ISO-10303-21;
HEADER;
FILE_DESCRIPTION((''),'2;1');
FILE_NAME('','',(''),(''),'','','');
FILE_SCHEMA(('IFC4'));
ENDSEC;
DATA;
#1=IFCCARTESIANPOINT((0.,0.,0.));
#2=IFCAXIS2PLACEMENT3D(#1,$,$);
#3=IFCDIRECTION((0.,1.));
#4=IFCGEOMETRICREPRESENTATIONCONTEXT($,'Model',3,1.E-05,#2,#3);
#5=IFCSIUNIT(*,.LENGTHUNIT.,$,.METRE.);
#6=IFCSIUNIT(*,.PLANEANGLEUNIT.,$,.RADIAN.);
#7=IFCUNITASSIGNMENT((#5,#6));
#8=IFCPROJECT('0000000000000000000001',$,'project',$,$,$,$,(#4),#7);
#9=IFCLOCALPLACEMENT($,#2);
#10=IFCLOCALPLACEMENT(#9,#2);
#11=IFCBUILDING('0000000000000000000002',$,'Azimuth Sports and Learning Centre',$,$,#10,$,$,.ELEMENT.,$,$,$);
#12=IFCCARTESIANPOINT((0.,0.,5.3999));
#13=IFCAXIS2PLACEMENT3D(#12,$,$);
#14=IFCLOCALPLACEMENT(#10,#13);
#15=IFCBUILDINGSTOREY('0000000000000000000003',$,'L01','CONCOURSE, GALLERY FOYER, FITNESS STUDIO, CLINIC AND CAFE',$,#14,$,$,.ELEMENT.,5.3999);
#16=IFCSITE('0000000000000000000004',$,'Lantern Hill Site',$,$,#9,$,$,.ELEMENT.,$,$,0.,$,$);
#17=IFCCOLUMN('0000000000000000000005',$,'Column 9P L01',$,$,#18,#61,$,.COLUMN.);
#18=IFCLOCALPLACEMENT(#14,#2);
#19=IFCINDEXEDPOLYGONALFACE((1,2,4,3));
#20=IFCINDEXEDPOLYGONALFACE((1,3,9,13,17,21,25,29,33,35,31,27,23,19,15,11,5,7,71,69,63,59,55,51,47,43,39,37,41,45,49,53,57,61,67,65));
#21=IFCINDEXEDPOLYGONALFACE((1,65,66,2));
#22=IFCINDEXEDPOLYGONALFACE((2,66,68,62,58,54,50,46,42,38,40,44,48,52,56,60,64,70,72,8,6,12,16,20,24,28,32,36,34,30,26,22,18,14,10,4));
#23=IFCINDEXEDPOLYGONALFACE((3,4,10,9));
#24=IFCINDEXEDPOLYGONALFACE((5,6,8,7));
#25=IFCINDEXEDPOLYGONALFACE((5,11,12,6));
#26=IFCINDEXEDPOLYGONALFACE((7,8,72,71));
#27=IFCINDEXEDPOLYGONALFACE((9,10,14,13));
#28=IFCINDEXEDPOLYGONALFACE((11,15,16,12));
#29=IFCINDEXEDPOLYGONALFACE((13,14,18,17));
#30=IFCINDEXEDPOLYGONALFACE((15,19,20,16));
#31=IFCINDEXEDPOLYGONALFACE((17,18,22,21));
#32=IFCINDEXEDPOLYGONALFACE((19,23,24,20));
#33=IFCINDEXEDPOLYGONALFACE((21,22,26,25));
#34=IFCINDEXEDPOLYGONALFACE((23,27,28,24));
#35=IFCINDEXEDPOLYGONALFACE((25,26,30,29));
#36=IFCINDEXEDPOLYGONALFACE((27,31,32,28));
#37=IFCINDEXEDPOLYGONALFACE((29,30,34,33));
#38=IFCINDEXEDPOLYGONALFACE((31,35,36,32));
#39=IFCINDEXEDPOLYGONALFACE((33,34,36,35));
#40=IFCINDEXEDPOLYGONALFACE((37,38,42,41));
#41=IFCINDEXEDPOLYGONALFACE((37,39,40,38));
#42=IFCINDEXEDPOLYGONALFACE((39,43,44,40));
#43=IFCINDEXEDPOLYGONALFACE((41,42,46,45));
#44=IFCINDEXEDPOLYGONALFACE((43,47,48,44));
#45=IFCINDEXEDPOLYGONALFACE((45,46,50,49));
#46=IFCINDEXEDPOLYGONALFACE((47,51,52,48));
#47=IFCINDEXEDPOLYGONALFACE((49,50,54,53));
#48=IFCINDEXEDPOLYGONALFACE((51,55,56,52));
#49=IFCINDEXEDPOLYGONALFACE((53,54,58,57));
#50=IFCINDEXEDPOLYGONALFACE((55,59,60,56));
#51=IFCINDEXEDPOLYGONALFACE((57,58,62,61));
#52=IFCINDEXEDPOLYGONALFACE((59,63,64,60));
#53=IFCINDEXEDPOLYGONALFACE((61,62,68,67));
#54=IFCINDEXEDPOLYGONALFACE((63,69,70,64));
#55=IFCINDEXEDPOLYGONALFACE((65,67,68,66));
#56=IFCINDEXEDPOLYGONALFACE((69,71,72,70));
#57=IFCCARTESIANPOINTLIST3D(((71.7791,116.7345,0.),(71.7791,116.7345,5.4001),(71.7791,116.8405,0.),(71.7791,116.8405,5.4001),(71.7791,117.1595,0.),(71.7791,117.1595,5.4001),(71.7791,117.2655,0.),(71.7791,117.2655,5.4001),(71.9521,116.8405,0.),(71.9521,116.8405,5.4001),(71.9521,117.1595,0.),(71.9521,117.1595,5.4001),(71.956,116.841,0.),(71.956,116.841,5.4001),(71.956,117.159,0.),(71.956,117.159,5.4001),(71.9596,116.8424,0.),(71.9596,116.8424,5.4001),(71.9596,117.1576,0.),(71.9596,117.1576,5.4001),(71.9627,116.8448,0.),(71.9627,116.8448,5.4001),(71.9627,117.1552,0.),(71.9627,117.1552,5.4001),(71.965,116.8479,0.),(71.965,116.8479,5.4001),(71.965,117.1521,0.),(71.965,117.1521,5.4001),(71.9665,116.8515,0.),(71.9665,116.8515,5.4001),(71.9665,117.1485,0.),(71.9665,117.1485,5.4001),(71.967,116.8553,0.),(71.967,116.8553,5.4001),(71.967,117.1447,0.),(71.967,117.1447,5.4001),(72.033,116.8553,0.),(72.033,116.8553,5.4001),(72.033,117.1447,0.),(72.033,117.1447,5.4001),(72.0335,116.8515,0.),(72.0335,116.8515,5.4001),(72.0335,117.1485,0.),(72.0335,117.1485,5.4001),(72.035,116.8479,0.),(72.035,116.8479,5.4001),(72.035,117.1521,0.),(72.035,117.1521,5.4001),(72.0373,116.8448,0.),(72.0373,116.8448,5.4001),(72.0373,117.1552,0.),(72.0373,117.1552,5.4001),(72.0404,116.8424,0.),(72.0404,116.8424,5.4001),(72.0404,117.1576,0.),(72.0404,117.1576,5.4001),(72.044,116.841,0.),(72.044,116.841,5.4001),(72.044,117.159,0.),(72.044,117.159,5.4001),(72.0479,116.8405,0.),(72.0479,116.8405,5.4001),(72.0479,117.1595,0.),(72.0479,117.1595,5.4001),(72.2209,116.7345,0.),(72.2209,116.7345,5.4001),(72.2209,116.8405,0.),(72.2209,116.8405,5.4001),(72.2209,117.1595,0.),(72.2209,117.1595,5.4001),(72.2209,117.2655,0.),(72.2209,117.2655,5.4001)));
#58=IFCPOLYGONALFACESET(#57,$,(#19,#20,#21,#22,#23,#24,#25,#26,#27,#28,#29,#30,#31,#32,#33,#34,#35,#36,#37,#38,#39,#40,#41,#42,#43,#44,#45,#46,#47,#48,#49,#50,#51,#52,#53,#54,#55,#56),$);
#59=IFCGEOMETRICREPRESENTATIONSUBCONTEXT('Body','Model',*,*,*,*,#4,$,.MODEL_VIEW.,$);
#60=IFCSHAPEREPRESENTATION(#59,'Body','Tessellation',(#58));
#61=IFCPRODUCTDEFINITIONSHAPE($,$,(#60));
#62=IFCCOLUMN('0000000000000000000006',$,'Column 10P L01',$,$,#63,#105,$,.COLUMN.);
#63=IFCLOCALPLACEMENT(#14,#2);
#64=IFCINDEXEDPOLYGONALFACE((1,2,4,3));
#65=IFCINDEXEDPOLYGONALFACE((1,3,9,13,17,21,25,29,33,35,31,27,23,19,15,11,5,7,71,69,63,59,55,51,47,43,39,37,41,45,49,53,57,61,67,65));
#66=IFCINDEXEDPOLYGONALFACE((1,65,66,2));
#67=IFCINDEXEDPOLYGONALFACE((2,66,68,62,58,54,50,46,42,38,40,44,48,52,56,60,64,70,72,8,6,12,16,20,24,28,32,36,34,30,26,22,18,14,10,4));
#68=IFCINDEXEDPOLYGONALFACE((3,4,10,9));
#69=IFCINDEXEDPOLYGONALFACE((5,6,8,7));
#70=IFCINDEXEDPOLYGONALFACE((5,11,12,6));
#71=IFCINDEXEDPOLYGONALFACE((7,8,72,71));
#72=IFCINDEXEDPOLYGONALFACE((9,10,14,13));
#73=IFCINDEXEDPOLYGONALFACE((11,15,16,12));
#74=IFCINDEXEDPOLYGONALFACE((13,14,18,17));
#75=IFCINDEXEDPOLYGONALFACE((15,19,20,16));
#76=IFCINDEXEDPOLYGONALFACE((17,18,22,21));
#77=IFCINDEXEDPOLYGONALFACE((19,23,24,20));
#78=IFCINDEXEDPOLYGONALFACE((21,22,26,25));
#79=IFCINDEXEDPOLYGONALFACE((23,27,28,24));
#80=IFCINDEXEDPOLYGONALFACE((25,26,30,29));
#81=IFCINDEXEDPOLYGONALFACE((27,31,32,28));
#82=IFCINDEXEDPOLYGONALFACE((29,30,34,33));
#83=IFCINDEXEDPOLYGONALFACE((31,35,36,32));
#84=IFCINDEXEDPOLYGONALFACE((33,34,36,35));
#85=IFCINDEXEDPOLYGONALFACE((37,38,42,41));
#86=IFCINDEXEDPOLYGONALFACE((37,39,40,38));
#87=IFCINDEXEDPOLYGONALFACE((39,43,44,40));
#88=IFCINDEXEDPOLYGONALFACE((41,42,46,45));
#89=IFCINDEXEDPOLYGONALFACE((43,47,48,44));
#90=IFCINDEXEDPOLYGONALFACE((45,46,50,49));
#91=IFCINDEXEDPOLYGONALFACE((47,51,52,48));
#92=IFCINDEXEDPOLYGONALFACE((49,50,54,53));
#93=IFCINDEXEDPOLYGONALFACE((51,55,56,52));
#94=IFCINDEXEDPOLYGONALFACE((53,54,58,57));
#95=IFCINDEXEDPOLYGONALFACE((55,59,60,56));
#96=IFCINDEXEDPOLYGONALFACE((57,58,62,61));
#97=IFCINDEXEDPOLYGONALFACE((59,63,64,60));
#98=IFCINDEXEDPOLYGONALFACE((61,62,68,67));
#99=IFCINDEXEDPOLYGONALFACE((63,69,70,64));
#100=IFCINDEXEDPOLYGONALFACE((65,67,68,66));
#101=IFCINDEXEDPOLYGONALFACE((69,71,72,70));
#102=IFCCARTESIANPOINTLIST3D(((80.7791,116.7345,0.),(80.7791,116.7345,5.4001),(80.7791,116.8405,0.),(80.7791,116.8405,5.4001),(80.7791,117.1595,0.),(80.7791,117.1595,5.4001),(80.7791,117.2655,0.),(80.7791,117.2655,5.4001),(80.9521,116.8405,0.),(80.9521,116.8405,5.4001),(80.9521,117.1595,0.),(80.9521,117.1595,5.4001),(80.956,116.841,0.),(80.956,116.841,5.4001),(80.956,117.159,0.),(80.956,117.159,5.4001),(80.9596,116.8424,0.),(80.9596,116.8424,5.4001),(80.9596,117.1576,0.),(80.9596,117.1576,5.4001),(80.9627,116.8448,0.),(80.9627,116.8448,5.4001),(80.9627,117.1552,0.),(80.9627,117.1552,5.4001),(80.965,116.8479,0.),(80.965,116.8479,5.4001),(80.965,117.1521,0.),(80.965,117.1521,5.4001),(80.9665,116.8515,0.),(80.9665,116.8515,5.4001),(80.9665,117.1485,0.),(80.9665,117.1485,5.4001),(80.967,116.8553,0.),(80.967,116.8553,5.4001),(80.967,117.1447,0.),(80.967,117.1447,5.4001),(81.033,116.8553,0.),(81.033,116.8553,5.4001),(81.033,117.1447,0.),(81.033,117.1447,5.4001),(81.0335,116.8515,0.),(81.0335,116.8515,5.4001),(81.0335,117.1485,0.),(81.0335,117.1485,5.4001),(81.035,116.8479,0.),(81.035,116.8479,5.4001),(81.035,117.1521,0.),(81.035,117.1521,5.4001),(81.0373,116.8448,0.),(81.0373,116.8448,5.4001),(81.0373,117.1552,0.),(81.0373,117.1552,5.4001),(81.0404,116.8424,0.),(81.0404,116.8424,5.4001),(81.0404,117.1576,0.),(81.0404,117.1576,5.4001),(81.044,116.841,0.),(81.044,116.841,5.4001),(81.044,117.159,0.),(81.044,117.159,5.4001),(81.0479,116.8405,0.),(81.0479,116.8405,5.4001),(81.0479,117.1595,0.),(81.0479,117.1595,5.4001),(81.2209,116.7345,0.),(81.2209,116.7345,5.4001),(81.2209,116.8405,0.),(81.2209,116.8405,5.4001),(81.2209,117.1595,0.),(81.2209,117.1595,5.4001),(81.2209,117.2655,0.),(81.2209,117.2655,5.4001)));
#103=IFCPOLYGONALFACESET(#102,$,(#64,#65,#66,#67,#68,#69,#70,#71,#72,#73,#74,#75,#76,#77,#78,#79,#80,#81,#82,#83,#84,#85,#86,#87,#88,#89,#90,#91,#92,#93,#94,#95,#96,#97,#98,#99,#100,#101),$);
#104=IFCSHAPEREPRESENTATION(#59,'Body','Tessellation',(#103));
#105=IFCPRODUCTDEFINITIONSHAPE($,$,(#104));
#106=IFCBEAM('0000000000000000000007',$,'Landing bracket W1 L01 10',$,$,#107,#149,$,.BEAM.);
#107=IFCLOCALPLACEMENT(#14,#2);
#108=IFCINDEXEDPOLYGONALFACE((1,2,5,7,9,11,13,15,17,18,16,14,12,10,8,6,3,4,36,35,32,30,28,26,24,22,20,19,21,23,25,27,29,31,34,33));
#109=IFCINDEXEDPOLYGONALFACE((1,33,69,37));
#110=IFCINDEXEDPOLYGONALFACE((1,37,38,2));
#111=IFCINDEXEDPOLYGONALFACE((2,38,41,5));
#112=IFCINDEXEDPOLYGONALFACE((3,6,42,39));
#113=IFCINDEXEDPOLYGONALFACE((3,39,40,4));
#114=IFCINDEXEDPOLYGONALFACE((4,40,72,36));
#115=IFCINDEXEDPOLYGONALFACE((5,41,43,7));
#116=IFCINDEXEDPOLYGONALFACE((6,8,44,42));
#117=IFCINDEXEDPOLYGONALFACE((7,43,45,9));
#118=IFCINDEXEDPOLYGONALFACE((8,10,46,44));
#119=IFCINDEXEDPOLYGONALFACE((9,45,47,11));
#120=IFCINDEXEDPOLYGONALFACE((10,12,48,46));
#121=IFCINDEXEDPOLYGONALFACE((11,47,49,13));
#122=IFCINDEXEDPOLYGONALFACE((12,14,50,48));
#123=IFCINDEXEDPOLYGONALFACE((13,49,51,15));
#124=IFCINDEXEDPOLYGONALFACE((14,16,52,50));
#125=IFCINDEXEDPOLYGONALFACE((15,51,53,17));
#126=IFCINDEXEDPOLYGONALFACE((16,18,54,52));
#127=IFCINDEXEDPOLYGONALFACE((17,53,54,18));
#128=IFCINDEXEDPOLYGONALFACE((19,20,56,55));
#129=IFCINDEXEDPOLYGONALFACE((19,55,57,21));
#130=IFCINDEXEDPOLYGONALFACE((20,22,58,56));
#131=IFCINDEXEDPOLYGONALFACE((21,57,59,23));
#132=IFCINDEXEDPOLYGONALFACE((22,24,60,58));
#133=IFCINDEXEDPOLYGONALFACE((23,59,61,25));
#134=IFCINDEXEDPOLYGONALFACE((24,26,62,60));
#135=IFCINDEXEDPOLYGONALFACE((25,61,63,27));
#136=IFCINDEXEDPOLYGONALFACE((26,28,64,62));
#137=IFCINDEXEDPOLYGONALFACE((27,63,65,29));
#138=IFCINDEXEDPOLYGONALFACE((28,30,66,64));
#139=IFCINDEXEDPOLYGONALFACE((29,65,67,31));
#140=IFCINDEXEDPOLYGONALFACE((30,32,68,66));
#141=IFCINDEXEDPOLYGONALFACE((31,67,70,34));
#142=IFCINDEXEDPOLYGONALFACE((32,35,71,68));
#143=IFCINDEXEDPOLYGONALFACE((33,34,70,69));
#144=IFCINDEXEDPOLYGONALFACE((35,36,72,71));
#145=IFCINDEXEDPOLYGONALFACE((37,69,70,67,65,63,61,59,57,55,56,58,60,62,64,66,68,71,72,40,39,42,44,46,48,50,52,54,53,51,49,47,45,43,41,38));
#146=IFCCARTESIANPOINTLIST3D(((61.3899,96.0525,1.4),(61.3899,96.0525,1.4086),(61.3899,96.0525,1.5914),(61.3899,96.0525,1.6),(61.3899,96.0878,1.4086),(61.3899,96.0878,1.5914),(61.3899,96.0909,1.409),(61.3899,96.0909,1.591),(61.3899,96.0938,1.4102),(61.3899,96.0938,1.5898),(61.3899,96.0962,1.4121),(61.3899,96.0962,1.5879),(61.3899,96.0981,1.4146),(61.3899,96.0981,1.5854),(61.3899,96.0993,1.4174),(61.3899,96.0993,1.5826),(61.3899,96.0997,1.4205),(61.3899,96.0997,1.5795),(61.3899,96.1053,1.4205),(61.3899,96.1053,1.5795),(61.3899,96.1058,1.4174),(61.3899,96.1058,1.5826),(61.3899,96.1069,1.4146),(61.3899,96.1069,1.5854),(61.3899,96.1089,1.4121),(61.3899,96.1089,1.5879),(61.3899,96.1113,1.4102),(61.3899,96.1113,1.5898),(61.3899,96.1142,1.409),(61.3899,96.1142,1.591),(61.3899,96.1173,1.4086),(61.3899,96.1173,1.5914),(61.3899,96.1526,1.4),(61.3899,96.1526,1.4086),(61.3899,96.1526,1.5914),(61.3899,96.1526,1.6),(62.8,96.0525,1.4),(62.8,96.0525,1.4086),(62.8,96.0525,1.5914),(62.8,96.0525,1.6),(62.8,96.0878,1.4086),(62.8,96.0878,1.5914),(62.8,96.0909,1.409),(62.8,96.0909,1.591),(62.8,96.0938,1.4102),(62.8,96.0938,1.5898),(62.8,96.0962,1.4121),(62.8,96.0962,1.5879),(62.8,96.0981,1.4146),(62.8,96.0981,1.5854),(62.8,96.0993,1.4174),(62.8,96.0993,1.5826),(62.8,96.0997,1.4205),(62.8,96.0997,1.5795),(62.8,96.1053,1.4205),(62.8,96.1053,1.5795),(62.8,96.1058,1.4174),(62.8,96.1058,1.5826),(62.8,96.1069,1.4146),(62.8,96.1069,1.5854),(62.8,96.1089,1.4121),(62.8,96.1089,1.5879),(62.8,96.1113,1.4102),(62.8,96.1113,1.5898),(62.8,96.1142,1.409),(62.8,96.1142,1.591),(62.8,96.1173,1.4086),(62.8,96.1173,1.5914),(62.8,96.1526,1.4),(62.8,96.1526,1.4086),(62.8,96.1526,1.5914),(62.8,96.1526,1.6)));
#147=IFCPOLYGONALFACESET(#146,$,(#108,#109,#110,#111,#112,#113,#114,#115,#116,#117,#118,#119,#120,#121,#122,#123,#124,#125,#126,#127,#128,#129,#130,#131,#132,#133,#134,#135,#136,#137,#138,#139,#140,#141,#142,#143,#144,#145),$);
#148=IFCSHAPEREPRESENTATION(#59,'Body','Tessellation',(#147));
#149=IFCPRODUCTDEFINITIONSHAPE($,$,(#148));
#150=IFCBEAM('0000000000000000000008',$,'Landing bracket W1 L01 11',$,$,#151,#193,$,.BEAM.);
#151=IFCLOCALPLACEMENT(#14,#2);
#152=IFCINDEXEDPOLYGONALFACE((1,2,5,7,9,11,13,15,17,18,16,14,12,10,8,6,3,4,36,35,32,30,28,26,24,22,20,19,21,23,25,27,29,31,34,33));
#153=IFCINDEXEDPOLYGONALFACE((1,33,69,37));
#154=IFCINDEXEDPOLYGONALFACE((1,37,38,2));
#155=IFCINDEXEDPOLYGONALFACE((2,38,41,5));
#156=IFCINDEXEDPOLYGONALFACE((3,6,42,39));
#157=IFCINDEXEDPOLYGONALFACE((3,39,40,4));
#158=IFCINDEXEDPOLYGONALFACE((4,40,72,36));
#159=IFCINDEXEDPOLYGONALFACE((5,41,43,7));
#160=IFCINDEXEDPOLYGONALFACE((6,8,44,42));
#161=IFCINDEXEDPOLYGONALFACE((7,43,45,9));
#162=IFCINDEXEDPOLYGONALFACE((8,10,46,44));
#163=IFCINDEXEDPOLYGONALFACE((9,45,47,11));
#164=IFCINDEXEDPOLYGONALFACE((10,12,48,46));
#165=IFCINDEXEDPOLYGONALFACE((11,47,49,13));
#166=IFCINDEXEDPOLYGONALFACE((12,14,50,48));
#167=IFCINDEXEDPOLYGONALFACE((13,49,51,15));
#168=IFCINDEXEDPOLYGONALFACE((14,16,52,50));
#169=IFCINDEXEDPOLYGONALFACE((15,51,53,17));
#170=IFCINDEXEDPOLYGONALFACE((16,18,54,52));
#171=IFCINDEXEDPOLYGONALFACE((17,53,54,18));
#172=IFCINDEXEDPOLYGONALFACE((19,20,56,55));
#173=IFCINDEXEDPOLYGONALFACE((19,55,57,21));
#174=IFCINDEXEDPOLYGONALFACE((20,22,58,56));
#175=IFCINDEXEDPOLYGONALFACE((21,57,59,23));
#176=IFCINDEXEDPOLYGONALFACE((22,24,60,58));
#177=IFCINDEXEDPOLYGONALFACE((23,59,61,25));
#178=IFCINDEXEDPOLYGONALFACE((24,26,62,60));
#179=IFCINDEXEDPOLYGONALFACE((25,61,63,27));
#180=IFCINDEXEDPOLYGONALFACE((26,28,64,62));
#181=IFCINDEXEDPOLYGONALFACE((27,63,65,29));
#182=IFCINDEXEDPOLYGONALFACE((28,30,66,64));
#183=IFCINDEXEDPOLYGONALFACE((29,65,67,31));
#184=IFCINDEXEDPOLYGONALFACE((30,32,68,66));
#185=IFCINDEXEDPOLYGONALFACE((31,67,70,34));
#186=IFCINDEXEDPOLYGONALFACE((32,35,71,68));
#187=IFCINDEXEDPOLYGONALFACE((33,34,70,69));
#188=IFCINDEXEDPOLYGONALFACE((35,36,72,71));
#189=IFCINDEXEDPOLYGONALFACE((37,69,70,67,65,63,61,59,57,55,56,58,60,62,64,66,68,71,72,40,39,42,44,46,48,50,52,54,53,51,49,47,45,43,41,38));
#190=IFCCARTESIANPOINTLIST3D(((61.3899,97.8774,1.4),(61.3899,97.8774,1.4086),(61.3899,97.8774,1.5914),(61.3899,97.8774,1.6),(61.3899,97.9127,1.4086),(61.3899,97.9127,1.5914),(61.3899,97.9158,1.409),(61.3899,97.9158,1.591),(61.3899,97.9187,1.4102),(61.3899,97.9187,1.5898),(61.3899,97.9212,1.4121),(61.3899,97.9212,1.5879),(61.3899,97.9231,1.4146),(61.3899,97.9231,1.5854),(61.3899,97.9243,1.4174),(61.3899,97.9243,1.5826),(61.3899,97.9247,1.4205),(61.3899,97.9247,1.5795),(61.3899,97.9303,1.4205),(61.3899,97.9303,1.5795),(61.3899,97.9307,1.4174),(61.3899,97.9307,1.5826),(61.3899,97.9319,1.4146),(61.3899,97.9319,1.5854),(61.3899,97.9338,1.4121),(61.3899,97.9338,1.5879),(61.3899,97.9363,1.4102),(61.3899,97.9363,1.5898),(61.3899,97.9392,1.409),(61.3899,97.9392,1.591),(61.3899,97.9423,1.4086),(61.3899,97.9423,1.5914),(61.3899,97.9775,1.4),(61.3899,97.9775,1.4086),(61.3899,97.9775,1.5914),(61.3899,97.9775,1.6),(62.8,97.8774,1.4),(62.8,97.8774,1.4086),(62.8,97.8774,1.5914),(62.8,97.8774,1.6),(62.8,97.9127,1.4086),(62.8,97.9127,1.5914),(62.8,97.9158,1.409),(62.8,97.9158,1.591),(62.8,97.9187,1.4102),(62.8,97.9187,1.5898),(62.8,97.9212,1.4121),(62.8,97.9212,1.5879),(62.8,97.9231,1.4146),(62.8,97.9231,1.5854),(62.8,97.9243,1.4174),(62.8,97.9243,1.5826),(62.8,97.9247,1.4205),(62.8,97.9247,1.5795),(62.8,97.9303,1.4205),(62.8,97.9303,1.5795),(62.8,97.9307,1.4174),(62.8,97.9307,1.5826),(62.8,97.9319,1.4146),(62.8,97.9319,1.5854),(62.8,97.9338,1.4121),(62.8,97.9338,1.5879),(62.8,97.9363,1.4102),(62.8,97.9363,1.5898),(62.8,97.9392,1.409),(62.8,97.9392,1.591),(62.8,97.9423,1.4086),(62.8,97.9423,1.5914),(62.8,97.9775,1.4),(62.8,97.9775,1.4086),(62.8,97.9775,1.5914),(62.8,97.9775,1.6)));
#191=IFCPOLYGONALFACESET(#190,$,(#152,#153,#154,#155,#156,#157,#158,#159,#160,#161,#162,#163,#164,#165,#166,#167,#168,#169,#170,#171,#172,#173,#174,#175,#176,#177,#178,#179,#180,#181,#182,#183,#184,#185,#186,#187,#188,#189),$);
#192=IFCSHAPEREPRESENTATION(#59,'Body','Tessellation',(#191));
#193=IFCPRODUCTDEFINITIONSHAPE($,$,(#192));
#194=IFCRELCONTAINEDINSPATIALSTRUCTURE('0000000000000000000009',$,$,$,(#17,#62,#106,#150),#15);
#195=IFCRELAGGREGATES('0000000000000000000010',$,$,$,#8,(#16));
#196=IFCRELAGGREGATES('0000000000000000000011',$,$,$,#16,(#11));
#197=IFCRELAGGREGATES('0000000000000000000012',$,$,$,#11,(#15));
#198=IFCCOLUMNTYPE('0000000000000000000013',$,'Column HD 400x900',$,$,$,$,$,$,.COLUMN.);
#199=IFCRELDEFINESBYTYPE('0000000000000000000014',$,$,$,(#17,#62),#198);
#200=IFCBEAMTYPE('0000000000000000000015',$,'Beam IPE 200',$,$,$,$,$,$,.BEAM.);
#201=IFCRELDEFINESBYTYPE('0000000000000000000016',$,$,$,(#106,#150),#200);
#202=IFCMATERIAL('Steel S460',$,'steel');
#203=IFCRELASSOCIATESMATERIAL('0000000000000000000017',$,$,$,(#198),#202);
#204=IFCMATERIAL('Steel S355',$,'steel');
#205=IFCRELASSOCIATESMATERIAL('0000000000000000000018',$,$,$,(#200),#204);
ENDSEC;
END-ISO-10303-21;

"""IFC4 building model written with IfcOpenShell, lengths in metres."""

from ifc_helpers import new_model, si_unit, direction, frame, origin, origin_2d, place, context, subcontext, project, spatial, i_section, extrude, material, material_profile, profile_set, type_object, element, save


model = new_model("IFC4")

# Units and contexts
model_context = context("Model", 3, precision=1e-05, world=origin(), true_north=direction((0.0, 1.0)))
body_context = subcontext(model_context, "Body", "Model", "MODEL_VIEW")
ifc_project = project(units=[si_unit("LENGTHUNIT", "METRE"), si_unit("PLANEANGLEUNIT", "RADIAN")], contexts=[model_context])

# Site, building, storey
site_placement = place(None, origin())
site = spatial("IfcSite", under=ifc_project, at=site_placement, Name="Lantern Hill Site", CompositionType="ELEMENT", RefElevation=0.0)
building_placement = place(site_placement, origin())
building = spatial("IfcBuilding", under=site, at=building_placement, Name="Azimuth Sports and Learning Centre", CompositionType="ELEMENT")
storey_placement = place(building_placement, frame((0.0, 0.0, 5.3999)))
storey = spatial("IfcBuildingStorey", under=building, at=storey_placement, Name="L01", Description="CONCOURSE, GALLERY FOYER, FITNESS STUDIO, CLINIC AND CAFE", CompositionType="ELEMENT", Elevation=5.3999)

# Columns
ifc_material_1 = material(Name="Steel S460", Category="steel")
ifc_material_profile_1 = material_profile(ifc_material_1, i_section(OverallWidth=0.4419, OverallDepth=0.531, WebThickness=0.0659, FlangeThickness=0.106, FilletRadius=0.0149, at=origin_2d()), Name="HD 400x900")
ifc_profile_set_1 = profile_set([ifc_material_profile_1], Name="Steel S460")
column_type = type_object("IfcColumnType", Name="Column HD 400x900", PredefinedType="COLUMN", material=ifc_profile_set_1)
for number, where, z_axis, x_axis, name in (
    (1, (72.0, 117.0, 0.0), (0.0, 0.0, 1.0), (1.0, 0.0, 0.0), "Column 9P L01"),
    (2, (81.0, 117.0, 0.0), (0.0, 0.0, 1.0), (1.0, 0.0, 0.0), "Column 10P L01"),
):
    element("IfcColumn", number, at=place(storey_placement, frame(where, z_axis=z_axis, x_axis=x_axis)), inside=storey, type_object=column_type, Name=name, PredefinedType="COLUMN", context=body_context, shape_type="SweptSolid", body=[
        extrude(i_section(OverallWidth=0.4419, OverallDepth=0.531, WebThickness=0.0659, FlangeThickness=0.106, FilletRadius=0.0149, at=origin_2d()), origin(), (0.0, 0.0, 1.0), 5.4001),
    ])

# Beams
ifc_material_2 = material(Name="Steel S355", Category="steel")
ifc_material_profile_2 = material_profile(ifc_material_2, i_section(OverallWidth=0.1001, OverallDepth=0.2, WebThickness=0.0056, FlangeThickness=0.0085, FilletRadius=0.012, at=origin_2d()), Name="IPE 200")
ifc_profile_set_2 = profile_set([ifc_material_profile_2], Name="Steel S355")
beam_type = type_object("IfcBeamType", Name="Beam IPE 200", PredefinedType="BEAM", material=ifc_profile_set_2)
for number, where, z_axis, x_axis, name in (
    (3, (62.8, 96.1025, 1.5), (-1.0, 0.0, 0.0), (0.0, -1.0, 0.0), "Landing bracket W1 L01 10"),
    (4, (62.8, 97.9275, 1.5), (-1.0, 0.0, 0.0), (0.0, -1.0, 0.0), "Landing bracket W1 L01 11"),
):
    element("IfcBeam", number, at=place(storey_placement, frame(where, z_axis=z_axis, x_axis=x_axis)), inside=storey, type_object=beam_type, Name=name, PredefinedType="BEAM", context=body_context, shape_type="SweptSolid", body=[
        extrude(i_section(OverallWidth=0.1001, OverallDepth=0.2, WebThickness=0.0056, FlangeThickness=0.0085, FilletRadius=0.012, at=origin_2d()), origin(), (0.0, 0.0, 1.0), 1.4102),
    ])

save(model, "model.ifc")
